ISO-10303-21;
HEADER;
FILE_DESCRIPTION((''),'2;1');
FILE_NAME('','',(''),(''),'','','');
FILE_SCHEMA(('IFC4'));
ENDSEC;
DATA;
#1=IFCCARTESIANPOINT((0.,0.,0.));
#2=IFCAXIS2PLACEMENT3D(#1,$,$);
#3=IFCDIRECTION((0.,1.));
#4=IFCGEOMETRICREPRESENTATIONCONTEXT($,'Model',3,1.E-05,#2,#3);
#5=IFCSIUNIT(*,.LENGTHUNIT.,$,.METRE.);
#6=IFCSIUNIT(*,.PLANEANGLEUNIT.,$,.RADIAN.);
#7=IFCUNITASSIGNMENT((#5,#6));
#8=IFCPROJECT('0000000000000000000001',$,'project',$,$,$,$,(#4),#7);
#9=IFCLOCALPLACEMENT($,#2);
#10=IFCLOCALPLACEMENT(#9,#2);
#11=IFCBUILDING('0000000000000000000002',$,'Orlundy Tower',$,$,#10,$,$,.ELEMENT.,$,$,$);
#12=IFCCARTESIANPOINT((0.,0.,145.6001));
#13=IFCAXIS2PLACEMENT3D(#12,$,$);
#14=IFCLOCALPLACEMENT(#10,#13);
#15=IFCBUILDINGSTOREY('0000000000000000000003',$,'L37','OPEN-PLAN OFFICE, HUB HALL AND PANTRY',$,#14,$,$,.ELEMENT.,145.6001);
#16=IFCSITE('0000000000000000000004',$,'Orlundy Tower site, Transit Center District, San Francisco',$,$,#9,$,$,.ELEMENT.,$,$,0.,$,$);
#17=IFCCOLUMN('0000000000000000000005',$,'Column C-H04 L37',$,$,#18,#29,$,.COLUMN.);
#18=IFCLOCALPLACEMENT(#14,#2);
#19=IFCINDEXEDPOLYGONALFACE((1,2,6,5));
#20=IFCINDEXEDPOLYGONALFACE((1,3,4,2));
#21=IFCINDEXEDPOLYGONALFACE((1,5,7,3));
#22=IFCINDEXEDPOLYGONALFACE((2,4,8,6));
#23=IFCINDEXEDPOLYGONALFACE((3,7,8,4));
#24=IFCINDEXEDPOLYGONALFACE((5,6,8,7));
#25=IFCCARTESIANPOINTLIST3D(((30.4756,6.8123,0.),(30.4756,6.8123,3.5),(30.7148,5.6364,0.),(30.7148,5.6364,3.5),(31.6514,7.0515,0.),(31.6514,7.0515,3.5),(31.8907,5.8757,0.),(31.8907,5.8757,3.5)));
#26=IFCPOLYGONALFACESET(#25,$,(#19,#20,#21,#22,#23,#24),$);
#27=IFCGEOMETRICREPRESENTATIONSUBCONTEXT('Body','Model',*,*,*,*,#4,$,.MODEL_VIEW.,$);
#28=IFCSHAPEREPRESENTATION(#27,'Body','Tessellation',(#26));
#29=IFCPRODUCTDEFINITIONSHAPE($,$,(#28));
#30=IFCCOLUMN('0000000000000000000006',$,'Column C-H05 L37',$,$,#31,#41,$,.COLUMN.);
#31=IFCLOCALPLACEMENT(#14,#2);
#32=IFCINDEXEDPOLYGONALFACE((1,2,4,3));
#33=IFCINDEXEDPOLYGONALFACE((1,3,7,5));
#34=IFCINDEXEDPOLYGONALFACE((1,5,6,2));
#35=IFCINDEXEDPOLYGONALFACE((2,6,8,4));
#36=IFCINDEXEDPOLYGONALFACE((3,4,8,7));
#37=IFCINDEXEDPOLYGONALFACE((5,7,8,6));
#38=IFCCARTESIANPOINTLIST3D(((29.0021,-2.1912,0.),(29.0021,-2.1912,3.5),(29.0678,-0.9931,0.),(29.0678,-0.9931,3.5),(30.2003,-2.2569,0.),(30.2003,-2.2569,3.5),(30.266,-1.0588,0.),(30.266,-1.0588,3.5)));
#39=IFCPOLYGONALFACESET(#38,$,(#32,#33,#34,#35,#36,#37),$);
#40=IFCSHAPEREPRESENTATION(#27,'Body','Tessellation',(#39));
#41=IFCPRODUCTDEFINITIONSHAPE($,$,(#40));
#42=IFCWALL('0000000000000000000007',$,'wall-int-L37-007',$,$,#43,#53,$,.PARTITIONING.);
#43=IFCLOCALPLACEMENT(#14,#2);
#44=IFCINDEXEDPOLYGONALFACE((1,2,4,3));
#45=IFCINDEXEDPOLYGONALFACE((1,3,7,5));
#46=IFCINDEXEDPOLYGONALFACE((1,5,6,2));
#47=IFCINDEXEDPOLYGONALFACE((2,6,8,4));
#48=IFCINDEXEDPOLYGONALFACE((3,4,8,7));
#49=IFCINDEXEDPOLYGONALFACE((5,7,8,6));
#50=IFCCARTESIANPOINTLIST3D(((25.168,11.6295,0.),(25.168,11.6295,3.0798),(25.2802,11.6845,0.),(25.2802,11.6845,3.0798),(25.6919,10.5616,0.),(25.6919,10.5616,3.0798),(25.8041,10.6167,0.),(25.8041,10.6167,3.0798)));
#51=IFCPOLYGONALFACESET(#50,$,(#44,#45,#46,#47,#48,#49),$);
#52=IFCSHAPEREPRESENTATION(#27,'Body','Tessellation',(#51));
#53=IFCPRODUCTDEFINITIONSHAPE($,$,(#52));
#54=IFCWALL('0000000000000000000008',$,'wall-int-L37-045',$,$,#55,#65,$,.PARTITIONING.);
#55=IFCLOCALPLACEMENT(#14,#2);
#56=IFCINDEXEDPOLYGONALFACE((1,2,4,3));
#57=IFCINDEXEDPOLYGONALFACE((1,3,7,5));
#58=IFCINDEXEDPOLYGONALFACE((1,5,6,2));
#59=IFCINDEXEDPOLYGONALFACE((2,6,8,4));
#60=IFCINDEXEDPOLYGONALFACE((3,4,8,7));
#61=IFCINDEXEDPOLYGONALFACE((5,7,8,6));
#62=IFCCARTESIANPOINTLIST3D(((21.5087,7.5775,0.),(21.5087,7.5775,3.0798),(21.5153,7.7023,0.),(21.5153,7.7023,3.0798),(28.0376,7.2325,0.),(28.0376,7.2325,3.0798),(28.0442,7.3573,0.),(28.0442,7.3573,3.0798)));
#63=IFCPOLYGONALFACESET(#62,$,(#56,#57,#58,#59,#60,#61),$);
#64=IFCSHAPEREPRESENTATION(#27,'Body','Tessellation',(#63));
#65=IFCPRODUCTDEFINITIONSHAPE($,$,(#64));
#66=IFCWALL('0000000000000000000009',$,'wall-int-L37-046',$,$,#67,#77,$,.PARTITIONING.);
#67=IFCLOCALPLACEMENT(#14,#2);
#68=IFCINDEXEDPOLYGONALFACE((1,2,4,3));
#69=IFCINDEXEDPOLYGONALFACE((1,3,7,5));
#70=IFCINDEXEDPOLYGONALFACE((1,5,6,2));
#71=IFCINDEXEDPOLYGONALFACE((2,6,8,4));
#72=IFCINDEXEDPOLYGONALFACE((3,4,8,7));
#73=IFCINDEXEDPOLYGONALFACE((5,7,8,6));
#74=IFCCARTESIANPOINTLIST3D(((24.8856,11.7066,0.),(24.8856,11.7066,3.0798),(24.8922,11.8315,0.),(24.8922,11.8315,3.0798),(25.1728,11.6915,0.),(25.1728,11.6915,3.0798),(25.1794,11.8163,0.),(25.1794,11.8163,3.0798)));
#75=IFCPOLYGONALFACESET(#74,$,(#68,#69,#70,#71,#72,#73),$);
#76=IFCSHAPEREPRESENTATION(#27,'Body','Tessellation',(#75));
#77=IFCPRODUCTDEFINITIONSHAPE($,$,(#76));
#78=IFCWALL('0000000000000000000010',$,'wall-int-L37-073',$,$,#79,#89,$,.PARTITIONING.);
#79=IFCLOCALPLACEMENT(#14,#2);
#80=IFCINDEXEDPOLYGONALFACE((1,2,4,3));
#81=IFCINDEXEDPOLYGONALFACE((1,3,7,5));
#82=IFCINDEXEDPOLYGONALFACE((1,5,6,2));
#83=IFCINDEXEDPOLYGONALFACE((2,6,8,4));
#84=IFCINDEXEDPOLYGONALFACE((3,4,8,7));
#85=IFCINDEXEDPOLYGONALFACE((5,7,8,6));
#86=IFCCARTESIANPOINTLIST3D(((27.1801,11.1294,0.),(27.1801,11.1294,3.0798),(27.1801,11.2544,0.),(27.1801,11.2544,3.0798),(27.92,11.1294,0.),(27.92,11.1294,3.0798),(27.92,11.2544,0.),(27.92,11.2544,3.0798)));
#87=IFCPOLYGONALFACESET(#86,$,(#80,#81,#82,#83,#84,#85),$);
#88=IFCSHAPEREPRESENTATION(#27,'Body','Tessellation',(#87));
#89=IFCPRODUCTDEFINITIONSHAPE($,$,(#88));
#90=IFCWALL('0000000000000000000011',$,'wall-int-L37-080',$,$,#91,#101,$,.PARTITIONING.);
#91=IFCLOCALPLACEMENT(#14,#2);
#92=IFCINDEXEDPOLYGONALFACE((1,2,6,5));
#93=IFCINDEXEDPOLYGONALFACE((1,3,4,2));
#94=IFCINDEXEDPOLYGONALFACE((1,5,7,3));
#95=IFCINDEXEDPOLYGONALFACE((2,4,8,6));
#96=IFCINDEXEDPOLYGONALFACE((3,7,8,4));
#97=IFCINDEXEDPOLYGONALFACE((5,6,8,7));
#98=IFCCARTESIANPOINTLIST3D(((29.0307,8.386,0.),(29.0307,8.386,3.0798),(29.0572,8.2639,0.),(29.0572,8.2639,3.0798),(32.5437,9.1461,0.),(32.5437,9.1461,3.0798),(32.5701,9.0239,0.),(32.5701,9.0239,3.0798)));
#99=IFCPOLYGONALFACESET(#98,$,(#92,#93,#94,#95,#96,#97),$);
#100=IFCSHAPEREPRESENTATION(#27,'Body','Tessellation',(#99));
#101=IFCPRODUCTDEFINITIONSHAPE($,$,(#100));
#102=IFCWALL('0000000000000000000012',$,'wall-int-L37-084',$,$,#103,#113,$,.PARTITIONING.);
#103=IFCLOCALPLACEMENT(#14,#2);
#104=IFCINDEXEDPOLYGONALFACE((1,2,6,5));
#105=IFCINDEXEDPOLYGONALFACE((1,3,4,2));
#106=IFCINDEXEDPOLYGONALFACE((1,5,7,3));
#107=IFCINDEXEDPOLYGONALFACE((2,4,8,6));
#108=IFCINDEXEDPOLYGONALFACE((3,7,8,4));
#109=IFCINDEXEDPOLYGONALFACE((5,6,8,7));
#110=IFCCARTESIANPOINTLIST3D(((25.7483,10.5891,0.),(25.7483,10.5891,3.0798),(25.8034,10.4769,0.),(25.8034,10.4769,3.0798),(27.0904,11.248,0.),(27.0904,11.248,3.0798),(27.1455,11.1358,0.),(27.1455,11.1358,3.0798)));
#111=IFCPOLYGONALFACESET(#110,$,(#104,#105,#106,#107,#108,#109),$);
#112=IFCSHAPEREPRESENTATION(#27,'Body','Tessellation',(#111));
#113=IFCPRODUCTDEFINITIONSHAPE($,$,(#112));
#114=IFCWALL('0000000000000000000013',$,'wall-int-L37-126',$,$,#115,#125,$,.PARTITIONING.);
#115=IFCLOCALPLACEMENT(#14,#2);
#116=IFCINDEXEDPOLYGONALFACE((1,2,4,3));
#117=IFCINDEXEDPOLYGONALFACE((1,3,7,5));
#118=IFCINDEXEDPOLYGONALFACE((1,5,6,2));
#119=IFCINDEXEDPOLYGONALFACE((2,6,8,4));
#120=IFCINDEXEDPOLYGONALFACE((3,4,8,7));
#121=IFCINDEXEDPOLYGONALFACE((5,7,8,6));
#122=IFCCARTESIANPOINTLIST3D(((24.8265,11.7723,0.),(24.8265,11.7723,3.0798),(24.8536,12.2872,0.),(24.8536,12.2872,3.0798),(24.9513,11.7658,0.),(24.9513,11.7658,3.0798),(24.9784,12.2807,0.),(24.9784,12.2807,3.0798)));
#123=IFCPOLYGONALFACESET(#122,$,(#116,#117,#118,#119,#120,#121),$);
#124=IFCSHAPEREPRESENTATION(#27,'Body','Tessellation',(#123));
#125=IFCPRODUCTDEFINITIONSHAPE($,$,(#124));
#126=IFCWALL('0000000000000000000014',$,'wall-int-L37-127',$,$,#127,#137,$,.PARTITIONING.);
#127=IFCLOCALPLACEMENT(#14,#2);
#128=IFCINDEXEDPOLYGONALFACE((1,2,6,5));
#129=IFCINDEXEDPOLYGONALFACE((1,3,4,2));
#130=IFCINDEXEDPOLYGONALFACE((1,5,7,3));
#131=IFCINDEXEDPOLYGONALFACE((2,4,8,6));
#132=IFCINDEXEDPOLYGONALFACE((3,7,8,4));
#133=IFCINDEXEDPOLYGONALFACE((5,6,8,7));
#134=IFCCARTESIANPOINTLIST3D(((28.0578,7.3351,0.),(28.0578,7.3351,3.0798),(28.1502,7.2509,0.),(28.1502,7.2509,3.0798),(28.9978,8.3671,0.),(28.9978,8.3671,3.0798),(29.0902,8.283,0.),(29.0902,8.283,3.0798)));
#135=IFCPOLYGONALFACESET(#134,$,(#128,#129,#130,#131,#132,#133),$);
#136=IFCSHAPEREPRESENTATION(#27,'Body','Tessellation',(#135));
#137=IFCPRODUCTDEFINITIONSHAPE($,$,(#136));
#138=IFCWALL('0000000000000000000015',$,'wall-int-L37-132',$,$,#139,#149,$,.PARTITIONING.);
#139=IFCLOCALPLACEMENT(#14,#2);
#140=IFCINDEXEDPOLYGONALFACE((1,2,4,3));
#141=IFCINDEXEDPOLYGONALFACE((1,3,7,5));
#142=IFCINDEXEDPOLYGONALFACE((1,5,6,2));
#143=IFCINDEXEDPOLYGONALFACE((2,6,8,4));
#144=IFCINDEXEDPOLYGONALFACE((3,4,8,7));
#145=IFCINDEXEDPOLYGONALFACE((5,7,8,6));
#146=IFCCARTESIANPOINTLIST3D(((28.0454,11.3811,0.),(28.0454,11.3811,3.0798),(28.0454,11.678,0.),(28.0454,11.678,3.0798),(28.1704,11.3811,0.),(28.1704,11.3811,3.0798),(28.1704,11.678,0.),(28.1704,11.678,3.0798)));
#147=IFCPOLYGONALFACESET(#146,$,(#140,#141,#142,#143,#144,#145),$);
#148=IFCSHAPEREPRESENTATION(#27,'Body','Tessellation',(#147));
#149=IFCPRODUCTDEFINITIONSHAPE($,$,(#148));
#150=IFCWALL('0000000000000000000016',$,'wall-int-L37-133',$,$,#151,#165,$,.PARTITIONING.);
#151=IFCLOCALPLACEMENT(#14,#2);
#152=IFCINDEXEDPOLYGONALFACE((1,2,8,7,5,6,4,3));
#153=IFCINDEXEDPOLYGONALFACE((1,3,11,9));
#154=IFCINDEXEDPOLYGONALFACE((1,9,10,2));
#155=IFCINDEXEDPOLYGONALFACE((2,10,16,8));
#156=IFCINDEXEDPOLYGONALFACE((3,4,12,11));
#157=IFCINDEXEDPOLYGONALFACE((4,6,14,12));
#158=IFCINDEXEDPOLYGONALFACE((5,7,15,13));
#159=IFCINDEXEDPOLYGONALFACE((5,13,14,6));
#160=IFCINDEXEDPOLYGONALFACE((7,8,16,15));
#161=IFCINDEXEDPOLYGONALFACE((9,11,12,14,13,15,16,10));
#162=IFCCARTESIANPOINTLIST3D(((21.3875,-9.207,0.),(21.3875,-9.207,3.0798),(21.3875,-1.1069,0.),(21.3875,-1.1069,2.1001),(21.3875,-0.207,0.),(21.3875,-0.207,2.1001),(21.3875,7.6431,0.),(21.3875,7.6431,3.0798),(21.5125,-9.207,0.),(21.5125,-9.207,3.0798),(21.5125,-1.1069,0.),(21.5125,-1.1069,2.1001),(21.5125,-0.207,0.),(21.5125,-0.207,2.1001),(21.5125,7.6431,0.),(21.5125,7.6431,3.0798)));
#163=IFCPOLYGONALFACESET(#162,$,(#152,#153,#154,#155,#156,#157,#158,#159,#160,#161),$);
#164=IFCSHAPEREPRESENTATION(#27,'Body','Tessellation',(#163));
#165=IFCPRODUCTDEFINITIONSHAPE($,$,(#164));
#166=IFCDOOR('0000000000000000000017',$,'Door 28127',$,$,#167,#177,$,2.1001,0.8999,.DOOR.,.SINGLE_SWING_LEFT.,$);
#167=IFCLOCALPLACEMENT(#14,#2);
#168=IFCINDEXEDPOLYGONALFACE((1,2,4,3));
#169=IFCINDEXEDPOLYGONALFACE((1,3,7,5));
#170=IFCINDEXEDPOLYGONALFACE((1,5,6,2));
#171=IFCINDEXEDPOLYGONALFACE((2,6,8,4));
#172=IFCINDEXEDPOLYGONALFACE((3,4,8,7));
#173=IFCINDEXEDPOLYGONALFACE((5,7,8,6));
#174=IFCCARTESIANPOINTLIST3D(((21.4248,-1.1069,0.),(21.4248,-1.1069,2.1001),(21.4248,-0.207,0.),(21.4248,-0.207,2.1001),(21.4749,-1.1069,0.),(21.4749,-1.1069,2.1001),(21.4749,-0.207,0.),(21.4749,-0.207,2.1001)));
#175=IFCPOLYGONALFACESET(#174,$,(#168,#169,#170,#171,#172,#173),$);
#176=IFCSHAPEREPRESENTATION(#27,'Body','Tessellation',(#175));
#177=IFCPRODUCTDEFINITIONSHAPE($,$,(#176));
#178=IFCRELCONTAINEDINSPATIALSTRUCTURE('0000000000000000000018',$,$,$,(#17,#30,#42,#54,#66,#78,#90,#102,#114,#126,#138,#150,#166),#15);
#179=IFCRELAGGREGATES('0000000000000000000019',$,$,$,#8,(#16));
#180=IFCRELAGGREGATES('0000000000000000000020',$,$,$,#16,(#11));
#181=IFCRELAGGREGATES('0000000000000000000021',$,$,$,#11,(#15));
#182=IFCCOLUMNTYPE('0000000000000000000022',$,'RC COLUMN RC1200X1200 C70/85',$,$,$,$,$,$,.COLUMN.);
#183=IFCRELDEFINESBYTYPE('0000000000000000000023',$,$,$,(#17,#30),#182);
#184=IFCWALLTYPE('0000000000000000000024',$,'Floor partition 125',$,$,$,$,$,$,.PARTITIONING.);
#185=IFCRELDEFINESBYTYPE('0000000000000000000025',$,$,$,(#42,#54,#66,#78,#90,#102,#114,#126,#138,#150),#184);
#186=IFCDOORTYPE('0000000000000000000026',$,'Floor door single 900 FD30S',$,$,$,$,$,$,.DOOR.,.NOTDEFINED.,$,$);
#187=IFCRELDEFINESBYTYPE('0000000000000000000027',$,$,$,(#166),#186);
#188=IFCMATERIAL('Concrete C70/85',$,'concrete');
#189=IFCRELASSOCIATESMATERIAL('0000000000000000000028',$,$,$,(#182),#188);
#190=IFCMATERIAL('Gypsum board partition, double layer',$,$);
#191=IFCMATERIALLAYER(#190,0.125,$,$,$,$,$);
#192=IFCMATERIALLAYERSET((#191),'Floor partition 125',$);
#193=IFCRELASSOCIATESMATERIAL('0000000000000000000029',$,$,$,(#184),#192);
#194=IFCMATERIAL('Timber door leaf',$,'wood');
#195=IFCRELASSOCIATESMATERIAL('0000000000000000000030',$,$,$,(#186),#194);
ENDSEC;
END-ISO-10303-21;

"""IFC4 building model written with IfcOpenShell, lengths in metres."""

from ifc_helpers import new_model, si_unit, direction, frame, frame_2d, origin, origin_2d, place, context, subcontext, project, spatial, rectangle, extrude, material, layer, layer_set, material_profile, profile_set, type_object, element, fill, save


model = new_model("IFC4")

# Units and contexts
model_context = context("Model", 3, precision=1e-05, world=origin(), true_north=direction((0.0, 1.0)))
body_context = subcontext(model_context, "Body", "Model", "MODEL_VIEW")
ifc_project = project(units=[si_unit("LENGTHUNIT", "METRE"), si_unit("PLANEANGLEUNIT", "RADIAN")], contexts=[model_context])

# Site, building, storey
site_placement = place(None, origin())
site = spatial("IfcSite", under=ifc_project, at=site_placement, Name="Orlundy Tower site, Transit Center District, San Francisco", CompositionType="ELEMENT", RefElevation=0.0)
building_placement = place(site_placement, origin())
building = spatial("IfcBuilding", under=site, at=building_placement, Name="Orlundy Tower", CompositionType="ELEMENT")
storey_placement = place(building_placement, frame((0.0, 0.0, 145.6001)))
storey = spatial("IfcBuildingStorey", under=building, at=storey_placement, Name="L37", Description="OPEN-PLAN OFFICE, HUB HALL AND PANTRY", CompositionType="ELEMENT", Elevation=145.6001)

# Columns
ifc_material_1 = material(Name="Concrete C70/85", Category="concrete")
ifc_material_profile = material_profile(ifc_material_1, rectangle(XDim=1.2, YDim=1.2, at=origin_2d()), Name="RC1200X1200")
ifc_profile_set = profile_set([ifc_material_profile], Name="Concrete C70/85")
column_type = type_object("IfcColumnType", Name="RC COLUMN RC1200X1200 C70/85", PredefinedType="COLUMN", material=ifc_profile_set)
for number, where, z_axis, x_axis, name in (
    (1, (31.1831, 6.344, 0.0), (0.0, 0.0, 1.0), (0.979925, 0.199368, 0.0), "Column C-H04 L37"),
    (2, (29.634, -1.625, 0.0), (0.0, 0.0, 1.0), (0.9985, -0.054758, 0.0), "Column C-H05 L37"),
):
    element("IfcColumn", number, at=place(storey_placement, frame(where, z_axis=z_axis, x_axis=x_axis)), inside=storey, type_object=column_type, Name=name, PredefinedType="COLUMN", context=body_context, shape_type="SweptSolid", body=[
        extrude(rectangle(XDim=1.2, YDim=1.2, at=origin_2d()), origin(), (0.0, 0.0, 1.0), 3.5),
    ])

# Walls
ifc_material_2 = material(Name="Gypsum board partition, double layer")
ifc_layer_1 = layer(ifc_material_2, 0.125)
ifc_layer_set_1 = layer_set([ifc_layer_1], Name="Floor partition 125")
wall_type_1 = type_object("IfcWallType", Name="Floor partition 125", PredefinedType="PARTITIONING", material=ifc_layer_set_1)
wall_1_placement = place(storey_placement, frame((25.2241, 11.657, 0.0), z_axis=(0.0, 0.0, 1.0), x_axis=(0.440469, -0.897768, 0.0)))
element("IfcWall", 3, at=wall_1_placement, inside=storey, type_object=wall_type_1, Name="wall-int-L37-007", PredefinedType="PARTITIONING", context=body_context, shape_type="SweptSolid", body=[
    extrude(rectangle(XDim=1.1895, YDim=0.125, at=frame_2d((0.5947, 0.0))), origin(), (0.0, 0.0, 1.0), 3.0798),
])
wall_2_placement = place(storey_placement, frame((21.512, 7.6399, 0.0), z_axis=(0.0, 0.0, 1.0), x_axis=(0.998607, -0.052763, 0.0)))
element("IfcWall", 4, at=wall_2_placement, inside=storey, type_object=wall_type_1, Name="wall-int-L37-045", PredefinedType="PARTITIONING", context=body_context, shape_type="SweptSolid", body=[
    extrude(rectangle(XDim=6.5381, YDim=0.125, at=frame_2d((3.269, 0.0))), origin(), (0.0, 0.0, 1.0), 3.0798),
])
wall_3_placement = place(storey_placement, frame((24.8889, 11.769, 0.0), z_axis=(0.0, 0.0, 1.0), x_axis=(0.998613, -0.052648, 0.0)))
element("IfcWall", 5, at=wall_3_placement, inside=storey, type_object=wall_type_1, Name="wall-int-L37-046", PredefinedType="PARTITIONING", context=body_context, shape_type="SweptSolid", body=[
    extrude(rectangle(XDim=0.2876, YDim=0.125, at=frame_2d((0.1438, 0.0))), origin(), (0.0, 0.0, 1.0), 3.0798),
])
wall_4_placement = place(storey_placement, frame((27.1799, 11.1919, 0.0), z_axis=(0.0, 0.0, 1.0), x_axis=(1.0, 0.0, 0.0)))
element("IfcWall", 6, at=wall_4_placement, inside=storey, type_object=wall_type_1, Name="wall-int-L37-073", PredefinedType="PARTITIONING", context=body_context, shape_type="SweptSolid", body=[
    extrude(rectangle(XDim=0.74, YDim=0.125, at=frame_2d((0.3701, 0.0))), origin(), (0.0, 0.0, 1.0), 3.0798),
])
wall_5_placement = place(storey_placement, frame((29.0439, 8.325, 0.0), z_axis=(0.0, 0.0, 1.0), x_axis=(0.977388, 0.211454, 0.0)))
element("IfcWall", 7, at=wall_5_placement, inside=storey, type_object=wall_type_1, Name="wall-int-L37-080", PredefinedType="PARTITIONING", context=body_context, shape_type="SweptSolid", body=[
    extrude(rectangle(XDim=3.5942, YDim=0.125, at=frame_2d((1.7971, 0.0))), origin(), (0.0, 0.0, 1.0), 3.0798),
])
wall_6_placement = place(storey_placement, frame((25.7759, 10.533, 0.0), z_axis=(0.0, 0.0, 1.0), x_axis=(0.897637, 0.440735, 0.0)))
element("IfcWall", 8, at=wall_6_placement, inside=storey, type_object=wall_type_1, Name="wall-int-L37-084", PredefinedType="PARTITIONING", context=body_context, shape_type="SweptSolid", body=[
    extrude(rectangle(XDim=1.4951, YDim=0.125, at=frame_2d((0.7476, 0.0))), origin(), (0.0, 0.0, 1.0), 3.0798),
])
wall_7_placement = place(storey_placement, frame((24.8889, 11.769, 0.0), z_axis=(0.0, 0.0, 1.0), x_axis=(0.052559, 0.998618, 0.0)))
element("IfcWall", 9, at=wall_7_placement, inside=storey, type_object=wall_type_1, Name="wall-int-L37-126", PredefinedType="PARTITIONING", context=body_context, shape_type="SweptSolid", body=[
    extrude(rectangle(XDim=0.5156, YDim=0.125, at=frame_2d((0.2578, 0.0))), origin(), (0.0, 0.0, 1.0), 3.0798),
])
wall_8_placement = place(storey_placement, frame((28.104, 7.293, 0.0), z_axis=(0.0, 0.0, 1.0), x_axis=(0.673369, 0.739307, 0.0)))
element("IfcWall", 10, at=wall_8_placement, inside=storey, type_object=wall_type_1, Name="wall-int-L37-127", PredefinedType="PARTITIONING", context=body_context, shape_type="SweptSolid", body=[
    extrude(rectangle(XDim=1.396, YDim=0.125, at=frame_2d((0.698, 0.0))), origin(), (0.0, 0.0, 1.0), 3.0798),
])
wall_9_placement = place(storey_placement, frame((28.1079, 11.3811, 0.0), z_axis=(0.0, 0.0, 1.0), x_axis=(0.0, 1.0, 0.0)))
element("IfcWall", 11, at=wall_9_placement, inside=storey, type_object=wall_type_1, Name="wall-int-L37-132", PredefinedType="PARTITIONING", context=body_context, shape_type="SweptSolid", body=[
    extrude(rectangle(XDim=0.2969, YDim=0.125, at=frame_2d((0.1484, 0.0))), origin(), (0.0, 0.0, 1.0), 3.0798),
])

# Wall, opening, door
wall_10_placement = place(storey_placement, frame((21.45, 7.6431, 0.0), z_axis=(0.0, 0.0, 1.0), x_axis=(0.0, -1.0, 0.0)))
wall_10 = element("IfcWall", 12, at=wall_10_placement, inside=storey, type_object=wall_type_1, Name="wall-int-L37-133", PredefinedType="PARTITIONING", context=body_context, shape_type="SweptSolid", body=[
    extrude(rectangle(XDim=16.8501, YDim=0.125, at=frame_2d((8.425, 0.0))), origin(), (0.0, 0.0, 1.0), 3.0798),
])
opening_1_placement = place(wall_10_placement, frame((7.8501, 0.0, 0.0)))
opening_1 = element("IfcOpeningElement", 13, at=opening_1_placement, cuts=wall_10, PredefinedType="OPENING", context=body_context, shape_type="SweptSolid", body=[
    extrude(rectangle(XDim=0.8999, YDim=2.1001, at=frame_2d((0.45, 1.05))), frame((0.0, 0.0725, 0.0), z_axis=(0.0, -1.0, 0.0), x_axis=(1.0, 0.0, 0.0)), (0.0, 0.0, 1.0), 0.145),
])
ifc_material_3 = material(Name="Timber door leaf", Category="wood")
door_type_1 = type_object("IfcDoorType", Name="Floor door single 900 FD30S", OperationType="NOTDEFINED", PredefinedType="DOOR", material=ifc_material_3)
door_1_placement = place(opening_1_placement, origin())
door_1 = element("IfcDoor", 14, at=door_1_placement, inside=storey, type_object=door_type_1, Name="Door 28127", OperationType="SINGLE_SWING_LEFT", OverallHeight=2.1001, OverallWidth=0.8999, PredefinedType="DOOR", context=body_context, shape_type="SweptSolid", body=[
    extrude(rectangle(XDim=0.8999, YDim=2.1001, at=frame_2d((0.45, 1.05))), frame((0.0, 0.0249, 0.0), z_axis=(0.0, -1.0, 0.0), x_axis=(1.0, 0.0, 0.0)), (0.0, 0.0, 1.0), 0.05),
])
fill(opening_1, door_1)

save(model, "model.ifc")
